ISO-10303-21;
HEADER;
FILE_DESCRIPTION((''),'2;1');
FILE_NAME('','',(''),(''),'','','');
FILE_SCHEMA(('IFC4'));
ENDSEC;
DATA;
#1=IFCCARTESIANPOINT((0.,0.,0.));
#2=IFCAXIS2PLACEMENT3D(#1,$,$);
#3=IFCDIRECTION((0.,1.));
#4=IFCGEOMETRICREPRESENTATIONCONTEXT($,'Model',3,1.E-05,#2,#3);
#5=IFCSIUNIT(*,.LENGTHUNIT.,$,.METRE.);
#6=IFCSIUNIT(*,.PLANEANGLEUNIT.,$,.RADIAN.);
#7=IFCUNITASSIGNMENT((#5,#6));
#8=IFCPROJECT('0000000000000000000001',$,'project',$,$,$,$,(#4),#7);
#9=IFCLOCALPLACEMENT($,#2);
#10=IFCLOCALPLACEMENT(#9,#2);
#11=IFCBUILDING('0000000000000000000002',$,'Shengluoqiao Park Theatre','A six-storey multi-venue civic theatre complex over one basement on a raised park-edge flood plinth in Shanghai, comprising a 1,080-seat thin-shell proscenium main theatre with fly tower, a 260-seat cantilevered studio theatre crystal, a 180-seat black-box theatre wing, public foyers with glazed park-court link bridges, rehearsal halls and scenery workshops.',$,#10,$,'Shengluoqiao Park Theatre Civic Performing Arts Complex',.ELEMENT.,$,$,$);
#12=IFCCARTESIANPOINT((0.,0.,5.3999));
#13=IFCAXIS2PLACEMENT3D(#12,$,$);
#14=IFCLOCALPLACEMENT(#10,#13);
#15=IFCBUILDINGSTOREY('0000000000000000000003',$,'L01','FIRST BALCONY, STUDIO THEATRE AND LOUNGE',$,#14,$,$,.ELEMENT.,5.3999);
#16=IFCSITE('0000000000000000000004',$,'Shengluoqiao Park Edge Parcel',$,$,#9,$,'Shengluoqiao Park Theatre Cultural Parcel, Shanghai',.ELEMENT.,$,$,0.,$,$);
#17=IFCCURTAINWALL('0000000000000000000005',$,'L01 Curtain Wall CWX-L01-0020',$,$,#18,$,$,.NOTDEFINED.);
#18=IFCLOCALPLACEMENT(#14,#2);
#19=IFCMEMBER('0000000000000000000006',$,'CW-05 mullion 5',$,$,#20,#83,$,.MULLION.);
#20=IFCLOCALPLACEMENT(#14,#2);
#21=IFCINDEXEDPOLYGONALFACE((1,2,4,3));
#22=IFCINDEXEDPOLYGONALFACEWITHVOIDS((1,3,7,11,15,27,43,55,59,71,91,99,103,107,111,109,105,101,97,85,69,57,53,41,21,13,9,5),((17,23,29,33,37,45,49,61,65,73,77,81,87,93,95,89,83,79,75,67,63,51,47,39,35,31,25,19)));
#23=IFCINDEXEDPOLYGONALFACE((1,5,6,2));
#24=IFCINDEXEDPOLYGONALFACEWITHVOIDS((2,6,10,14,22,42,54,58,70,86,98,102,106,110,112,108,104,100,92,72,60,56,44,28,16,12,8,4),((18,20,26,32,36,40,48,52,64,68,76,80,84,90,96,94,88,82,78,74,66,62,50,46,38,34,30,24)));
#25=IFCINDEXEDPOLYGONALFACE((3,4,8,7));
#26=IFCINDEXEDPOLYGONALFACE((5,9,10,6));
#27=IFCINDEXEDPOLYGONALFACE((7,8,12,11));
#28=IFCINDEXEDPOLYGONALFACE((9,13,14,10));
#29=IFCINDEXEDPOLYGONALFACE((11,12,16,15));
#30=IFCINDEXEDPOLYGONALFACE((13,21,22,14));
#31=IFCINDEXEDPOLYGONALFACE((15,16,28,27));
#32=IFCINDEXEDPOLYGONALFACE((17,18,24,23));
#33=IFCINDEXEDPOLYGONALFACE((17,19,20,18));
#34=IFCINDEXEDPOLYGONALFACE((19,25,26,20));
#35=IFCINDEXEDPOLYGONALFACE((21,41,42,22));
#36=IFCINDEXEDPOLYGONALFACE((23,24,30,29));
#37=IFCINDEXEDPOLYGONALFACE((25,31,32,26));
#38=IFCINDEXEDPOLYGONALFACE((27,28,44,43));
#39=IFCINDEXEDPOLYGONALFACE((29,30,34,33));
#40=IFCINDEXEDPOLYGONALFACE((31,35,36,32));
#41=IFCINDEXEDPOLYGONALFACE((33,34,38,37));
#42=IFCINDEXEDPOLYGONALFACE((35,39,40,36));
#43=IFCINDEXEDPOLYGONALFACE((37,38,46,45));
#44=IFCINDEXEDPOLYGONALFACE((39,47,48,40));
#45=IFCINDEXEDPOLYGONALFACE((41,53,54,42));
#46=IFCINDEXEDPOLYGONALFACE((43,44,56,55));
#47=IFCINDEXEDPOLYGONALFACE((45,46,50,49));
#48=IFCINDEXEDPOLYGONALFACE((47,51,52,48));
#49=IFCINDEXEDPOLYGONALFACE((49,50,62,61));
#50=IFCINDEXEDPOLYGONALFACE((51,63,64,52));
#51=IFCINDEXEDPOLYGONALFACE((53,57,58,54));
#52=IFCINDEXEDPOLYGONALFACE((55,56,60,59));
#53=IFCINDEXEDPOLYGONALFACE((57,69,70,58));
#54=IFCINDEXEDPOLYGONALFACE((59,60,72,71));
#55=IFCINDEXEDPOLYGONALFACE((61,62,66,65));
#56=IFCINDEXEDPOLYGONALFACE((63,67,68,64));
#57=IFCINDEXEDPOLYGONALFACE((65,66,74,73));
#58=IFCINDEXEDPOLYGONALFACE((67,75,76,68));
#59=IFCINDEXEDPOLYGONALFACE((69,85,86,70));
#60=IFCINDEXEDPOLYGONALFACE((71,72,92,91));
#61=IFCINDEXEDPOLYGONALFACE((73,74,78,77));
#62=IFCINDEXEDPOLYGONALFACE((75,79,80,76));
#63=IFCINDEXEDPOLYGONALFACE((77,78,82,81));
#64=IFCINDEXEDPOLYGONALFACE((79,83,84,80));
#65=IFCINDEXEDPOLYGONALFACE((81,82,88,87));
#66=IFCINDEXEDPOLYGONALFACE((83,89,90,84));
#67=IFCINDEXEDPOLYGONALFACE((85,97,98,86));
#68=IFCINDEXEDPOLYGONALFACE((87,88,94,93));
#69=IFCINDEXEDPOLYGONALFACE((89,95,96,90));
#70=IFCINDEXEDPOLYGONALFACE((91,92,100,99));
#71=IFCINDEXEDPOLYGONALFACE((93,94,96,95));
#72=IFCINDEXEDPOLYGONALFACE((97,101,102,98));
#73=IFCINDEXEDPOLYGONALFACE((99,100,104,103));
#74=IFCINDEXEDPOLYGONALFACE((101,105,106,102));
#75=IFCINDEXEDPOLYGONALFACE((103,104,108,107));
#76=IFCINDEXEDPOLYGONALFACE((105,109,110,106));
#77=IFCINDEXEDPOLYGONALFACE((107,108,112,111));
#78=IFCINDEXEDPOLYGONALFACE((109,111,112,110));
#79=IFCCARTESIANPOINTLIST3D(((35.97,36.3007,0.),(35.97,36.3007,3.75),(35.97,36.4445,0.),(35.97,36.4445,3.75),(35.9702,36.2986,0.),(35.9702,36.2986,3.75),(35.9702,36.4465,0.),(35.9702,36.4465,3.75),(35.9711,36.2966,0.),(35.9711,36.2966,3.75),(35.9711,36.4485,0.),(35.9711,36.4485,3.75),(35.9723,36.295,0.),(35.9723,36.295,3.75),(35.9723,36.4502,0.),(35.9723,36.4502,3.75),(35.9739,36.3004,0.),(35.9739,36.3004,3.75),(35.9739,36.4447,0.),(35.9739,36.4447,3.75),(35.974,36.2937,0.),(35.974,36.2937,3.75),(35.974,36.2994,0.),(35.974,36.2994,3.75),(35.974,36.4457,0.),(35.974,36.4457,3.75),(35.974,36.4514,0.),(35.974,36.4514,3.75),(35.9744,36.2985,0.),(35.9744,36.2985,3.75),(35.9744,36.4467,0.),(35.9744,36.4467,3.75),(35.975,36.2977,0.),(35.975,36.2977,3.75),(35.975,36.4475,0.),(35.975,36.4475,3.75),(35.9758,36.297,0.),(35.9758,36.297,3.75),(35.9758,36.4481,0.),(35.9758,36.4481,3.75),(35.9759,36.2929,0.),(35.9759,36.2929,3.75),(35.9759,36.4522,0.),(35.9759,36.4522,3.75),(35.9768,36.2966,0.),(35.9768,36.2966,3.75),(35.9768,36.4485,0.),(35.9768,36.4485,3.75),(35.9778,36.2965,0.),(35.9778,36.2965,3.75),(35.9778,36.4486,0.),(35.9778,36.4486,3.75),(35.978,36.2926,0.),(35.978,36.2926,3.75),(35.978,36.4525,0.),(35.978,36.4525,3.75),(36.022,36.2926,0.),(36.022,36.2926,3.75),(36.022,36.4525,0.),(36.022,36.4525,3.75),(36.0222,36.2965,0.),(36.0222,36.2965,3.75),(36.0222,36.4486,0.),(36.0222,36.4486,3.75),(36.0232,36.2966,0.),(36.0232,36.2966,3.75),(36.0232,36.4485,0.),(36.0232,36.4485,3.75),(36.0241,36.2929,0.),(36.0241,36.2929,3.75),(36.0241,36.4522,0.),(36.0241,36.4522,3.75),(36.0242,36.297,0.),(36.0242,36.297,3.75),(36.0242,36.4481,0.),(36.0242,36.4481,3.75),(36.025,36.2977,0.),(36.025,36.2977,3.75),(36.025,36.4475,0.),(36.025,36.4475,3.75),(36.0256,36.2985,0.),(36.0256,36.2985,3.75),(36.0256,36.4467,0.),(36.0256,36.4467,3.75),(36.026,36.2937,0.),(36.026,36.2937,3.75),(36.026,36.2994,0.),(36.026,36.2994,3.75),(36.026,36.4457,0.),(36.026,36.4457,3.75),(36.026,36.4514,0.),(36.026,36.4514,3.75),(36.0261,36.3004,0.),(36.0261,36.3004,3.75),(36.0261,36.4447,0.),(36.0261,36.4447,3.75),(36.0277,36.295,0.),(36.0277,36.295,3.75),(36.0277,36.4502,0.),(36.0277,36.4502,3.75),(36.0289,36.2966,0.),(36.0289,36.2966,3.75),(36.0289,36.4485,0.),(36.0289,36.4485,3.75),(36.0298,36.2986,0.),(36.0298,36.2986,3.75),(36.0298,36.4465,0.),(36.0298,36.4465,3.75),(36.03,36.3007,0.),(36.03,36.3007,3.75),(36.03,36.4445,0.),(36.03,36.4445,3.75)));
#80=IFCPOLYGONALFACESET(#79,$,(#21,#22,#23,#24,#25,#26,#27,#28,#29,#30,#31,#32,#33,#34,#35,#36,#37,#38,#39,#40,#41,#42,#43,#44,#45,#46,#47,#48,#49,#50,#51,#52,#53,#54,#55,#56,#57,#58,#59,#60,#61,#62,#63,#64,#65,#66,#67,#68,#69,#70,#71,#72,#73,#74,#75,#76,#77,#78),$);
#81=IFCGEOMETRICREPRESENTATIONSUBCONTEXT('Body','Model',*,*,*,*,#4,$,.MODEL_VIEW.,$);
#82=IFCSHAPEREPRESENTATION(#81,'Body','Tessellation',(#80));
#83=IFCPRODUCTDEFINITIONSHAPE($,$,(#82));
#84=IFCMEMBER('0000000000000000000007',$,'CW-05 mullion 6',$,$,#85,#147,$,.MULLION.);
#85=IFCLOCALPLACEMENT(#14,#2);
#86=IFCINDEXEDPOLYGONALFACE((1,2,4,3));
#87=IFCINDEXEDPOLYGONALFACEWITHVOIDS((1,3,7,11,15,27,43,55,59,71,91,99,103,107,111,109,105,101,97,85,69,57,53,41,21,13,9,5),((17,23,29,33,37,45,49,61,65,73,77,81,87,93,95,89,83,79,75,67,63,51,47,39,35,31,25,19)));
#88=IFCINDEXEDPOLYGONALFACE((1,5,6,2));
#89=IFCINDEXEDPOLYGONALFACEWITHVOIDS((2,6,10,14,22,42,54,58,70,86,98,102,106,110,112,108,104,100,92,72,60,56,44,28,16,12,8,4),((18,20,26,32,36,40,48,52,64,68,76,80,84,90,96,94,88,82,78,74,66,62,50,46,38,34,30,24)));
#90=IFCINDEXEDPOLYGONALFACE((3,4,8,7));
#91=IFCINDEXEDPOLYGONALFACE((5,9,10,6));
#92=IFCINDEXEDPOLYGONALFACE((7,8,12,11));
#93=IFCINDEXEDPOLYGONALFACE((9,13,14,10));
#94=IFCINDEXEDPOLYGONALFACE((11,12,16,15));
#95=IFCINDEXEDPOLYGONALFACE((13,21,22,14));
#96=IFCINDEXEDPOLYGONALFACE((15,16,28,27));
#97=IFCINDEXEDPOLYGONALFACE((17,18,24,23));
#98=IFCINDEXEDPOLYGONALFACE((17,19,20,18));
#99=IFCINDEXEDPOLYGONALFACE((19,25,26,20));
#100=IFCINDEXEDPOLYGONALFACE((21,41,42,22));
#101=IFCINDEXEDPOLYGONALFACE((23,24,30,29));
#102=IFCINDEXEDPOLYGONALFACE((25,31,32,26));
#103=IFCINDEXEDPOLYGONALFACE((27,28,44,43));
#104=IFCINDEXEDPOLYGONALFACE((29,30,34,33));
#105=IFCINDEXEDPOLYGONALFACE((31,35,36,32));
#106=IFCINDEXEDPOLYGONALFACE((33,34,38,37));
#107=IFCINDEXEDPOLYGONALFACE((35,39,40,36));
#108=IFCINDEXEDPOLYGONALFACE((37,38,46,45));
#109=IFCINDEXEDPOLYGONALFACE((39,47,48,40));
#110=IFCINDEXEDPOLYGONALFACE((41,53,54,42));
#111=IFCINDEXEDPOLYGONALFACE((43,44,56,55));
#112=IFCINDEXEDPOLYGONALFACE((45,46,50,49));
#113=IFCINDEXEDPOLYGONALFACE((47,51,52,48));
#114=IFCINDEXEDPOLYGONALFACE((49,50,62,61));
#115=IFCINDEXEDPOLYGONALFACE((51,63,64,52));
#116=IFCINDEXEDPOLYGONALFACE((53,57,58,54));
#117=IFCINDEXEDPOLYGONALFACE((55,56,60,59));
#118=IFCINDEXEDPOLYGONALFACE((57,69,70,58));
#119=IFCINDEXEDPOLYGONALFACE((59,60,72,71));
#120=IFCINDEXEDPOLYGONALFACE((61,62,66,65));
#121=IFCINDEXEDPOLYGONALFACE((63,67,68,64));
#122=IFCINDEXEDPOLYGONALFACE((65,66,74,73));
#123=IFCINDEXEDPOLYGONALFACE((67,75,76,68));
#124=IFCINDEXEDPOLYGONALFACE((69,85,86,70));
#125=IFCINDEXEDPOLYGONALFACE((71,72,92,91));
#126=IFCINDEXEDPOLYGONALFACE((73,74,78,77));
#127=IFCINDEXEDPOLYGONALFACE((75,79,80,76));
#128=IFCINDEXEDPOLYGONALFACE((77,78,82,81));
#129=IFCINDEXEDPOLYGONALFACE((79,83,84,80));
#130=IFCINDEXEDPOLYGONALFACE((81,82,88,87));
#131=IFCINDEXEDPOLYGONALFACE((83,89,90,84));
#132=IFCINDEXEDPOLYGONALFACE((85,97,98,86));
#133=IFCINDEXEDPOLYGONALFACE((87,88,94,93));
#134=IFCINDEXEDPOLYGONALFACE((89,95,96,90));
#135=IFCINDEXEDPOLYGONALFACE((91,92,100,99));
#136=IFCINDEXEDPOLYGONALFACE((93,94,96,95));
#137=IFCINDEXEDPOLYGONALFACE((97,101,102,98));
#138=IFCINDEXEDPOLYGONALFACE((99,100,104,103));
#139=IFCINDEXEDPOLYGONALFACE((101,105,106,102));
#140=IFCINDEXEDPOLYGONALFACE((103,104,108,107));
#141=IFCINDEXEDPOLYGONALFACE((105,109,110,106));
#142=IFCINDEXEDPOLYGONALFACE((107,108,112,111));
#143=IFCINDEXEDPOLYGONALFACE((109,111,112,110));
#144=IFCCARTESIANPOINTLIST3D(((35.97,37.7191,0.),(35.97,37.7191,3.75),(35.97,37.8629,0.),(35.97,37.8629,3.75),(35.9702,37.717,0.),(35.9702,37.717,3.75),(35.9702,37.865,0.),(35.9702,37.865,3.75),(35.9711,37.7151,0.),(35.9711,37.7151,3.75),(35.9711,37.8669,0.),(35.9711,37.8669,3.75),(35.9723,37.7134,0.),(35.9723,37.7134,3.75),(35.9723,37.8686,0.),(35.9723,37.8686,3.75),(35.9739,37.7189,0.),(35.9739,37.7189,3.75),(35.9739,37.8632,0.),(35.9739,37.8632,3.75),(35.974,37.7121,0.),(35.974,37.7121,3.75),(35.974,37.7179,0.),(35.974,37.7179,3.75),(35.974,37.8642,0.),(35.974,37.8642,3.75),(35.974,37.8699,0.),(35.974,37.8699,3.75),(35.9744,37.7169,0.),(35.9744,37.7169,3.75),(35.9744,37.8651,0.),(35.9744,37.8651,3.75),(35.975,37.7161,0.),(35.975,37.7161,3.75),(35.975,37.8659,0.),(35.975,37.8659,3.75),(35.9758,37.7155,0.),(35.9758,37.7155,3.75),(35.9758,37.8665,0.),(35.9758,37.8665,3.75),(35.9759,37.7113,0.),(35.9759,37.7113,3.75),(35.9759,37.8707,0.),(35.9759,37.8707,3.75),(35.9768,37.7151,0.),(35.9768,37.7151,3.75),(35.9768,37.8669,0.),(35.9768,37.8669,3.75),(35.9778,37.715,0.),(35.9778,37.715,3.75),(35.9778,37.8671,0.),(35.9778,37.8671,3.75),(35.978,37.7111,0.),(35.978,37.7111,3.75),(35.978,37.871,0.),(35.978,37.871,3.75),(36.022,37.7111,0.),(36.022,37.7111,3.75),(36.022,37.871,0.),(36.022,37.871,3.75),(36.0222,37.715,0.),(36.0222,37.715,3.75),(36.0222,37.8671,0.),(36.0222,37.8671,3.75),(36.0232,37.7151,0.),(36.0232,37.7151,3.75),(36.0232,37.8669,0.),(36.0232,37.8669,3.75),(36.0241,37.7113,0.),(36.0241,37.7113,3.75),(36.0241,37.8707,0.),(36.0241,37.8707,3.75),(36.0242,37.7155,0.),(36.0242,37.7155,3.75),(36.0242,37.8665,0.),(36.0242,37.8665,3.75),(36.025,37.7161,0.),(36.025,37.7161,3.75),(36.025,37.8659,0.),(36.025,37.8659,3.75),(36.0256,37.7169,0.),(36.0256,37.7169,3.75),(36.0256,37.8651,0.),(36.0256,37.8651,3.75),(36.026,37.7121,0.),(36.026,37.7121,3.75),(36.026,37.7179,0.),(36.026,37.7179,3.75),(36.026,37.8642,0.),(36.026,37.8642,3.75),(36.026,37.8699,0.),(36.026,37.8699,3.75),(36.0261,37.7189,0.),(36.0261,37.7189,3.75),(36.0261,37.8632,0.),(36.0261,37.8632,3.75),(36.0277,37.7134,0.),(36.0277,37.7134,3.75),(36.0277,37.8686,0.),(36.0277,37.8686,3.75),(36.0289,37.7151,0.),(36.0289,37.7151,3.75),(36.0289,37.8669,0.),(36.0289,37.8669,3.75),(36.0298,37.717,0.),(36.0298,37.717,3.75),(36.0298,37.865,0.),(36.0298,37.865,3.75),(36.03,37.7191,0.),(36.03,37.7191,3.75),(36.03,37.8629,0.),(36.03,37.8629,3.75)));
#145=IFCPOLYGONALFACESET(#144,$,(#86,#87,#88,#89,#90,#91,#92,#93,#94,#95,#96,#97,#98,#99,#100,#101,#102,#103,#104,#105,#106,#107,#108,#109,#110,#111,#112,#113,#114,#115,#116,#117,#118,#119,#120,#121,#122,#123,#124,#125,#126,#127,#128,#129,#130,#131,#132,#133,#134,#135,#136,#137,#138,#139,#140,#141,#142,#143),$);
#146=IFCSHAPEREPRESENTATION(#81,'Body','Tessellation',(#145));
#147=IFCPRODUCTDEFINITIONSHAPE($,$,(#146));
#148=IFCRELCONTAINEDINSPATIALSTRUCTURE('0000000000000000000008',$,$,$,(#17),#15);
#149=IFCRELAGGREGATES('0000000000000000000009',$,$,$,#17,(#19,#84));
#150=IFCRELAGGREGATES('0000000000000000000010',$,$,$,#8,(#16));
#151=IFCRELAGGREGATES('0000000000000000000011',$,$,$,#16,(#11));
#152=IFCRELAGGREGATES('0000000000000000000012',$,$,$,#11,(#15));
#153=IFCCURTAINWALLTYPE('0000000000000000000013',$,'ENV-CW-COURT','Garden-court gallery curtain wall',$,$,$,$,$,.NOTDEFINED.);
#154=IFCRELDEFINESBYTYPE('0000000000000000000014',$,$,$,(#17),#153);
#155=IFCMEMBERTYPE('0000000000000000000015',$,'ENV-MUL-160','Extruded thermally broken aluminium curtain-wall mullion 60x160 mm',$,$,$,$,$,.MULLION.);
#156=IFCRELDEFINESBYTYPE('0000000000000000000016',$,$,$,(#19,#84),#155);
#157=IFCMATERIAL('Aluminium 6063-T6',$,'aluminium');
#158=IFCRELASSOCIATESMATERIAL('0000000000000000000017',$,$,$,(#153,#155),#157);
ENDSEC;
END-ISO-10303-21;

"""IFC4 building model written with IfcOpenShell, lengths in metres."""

from ifc_helpers import new_model, si_unit, direction, frame, origin, origin_2d, place, context, subcontext, project, spatial, hollow_rectangle, extrude, material, material_profile, profile_set, type_object, element, aggregate, save


model = new_model("IFC4")

# Units and contexts
model_context = context("Model", 3, precision=1e-05, world=origin(), true_north=direction((0.0, 1.0)))
body_context = subcontext(model_context, "Body", "Model", "MODEL_VIEW")
ifc_project = project(units=[si_unit("LENGTHUNIT", "METRE"), si_unit("PLANEANGLEUNIT", "RADIAN")], contexts=[model_context])

# Site, building, storey
site_placement = place(None, origin())
site = spatial("IfcSite", under=ifc_project, at=site_placement, Name="Shengluoqiao Park Edge Parcel", LongName="Shengluoqiao Park Theatre Cultural Parcel, Shanghai", CompositionType="ELEMENT", RefElevation=0.0)
building_placement = place(site_placement, origin())
building = spatial("IfcBuilding", under=site, at=building_placement, Name="Shengluoqiao Park Theatre", Description="A six-storey multi-venue civic theatre complex over one basement on a raised park-edge flood plinth in Shanghai, comprising a 1,080-seat thin-shell proscenium main theatre with fly tower, a 260-seat cantilevered studio theatre crystal, a 180-seat black-box theatre wing, public foyers with glazed park-court link bridges, rehearsal halls and scenery workshops.", LongName="Shengluoqiao Park Theatre Civic Performing Arts Complex", CompositionType="ELEMENT")
storey_placement = place(building_placement, frame((0.0, 0.0, 5.3999)))
storey = spatial("IfcBuildingStorey", under=building, at=storey_placement, Name="L01", Description="FIRST BALCONY, STUDIO THEATRE AND LOUNGE", CompositionType="ELEMENT", Elevation=5.3999)

# Curtain wall, members
ifc_material_1 = material(Name="Aluminium 6063-T6", Category="aluminium")
curtain_wall_type = type_object("IfcCurtainWallType", Name="ENV-CW-COURT", Description="Garden-court gallery curtain wall", PredefinedType="NOTDEFINED", material=ifc_material_1)
curtain_wall_1_placement = place(storey_placement, origin())
curtain_wall_1 = element("IfcCurtainWall", 1, at=curtain_wall_1_placement, inside=storey, type_object=curtain_wall_type, Name="L01 Curtain Wall CWX-L01-0020", PredefinedType="NOTDEFINED")
ifc_material_profile_1 = material_profile(ifc_material_1, hollow_rectangle(XDim=0.0601, YDim=0.1599, WallThickness=0.0039, InnerFilletRadius=0.0039, OuterFilletRadius=0.0081, at=origin_2d()), Name="ALU MULLION 160x60x4")
ifc_profile_set_1 = profile_set([ifc_material_profile_1], Name="Aluminium 6063-T6")
member_type_1 = type_object("IfcMemberType", Name="ENV-MUL-160", Description="Extruded thermally broken aluminium curtain-wall mullion 60x160 mm", PredefinedType="MULLION", material=ifc_profile_set_1)
member_1_placement = place(storey_placement, frame((36.0, 36.3726, 0.0), z_axis=(0.0, 0.0, 1.0), x_axis=(-1.0, 0.0, 0.0)))
member_1 = element("IfcMember", 2, at=member_1_placement, type_object=member_type_1, Name="CW-05 mullion 5", PredefinedType="MULLION", context=body_context, shape_type="SweptSolid", body=[
    extrude(hollow_rectangle(XDim=0.0601, YDim=0.1599, WallThickness=0.0039, InnerFilletRadius=0.0039, OuterFilletRadius=0.0081, at=origin_2d()), origin(), (0.0, 0.0, 1.0), 3.75),
])
member_2_placement = place(storey_placement, frame((36.0, 37.791, 0.0), z_axis=(0.0, 0.0, 1.0), x_axis=(-1.0, 0.0, 0.0)))
member_2 = element("IfcMember", 3, at=member_2_placement, type_object=member_type_1, Name="CW-05 mullion 6", PredefinedType="MULLION", context=body_context, shape_type="SweptSolid", body=[
    extrude(hollow_rectangle(XDim=0.0601, YDim=0.1599, WallThickness=0.0039, InnerFilletRadius=0.0039, OuterFilletRadius=0.0081, at=origin_2d()), origin(), (0.0, 0.0, 1.0), 3.75),
])

aggregate(curtain_wall_1, [member_1, member_2])

save(model, "model.ifc")
